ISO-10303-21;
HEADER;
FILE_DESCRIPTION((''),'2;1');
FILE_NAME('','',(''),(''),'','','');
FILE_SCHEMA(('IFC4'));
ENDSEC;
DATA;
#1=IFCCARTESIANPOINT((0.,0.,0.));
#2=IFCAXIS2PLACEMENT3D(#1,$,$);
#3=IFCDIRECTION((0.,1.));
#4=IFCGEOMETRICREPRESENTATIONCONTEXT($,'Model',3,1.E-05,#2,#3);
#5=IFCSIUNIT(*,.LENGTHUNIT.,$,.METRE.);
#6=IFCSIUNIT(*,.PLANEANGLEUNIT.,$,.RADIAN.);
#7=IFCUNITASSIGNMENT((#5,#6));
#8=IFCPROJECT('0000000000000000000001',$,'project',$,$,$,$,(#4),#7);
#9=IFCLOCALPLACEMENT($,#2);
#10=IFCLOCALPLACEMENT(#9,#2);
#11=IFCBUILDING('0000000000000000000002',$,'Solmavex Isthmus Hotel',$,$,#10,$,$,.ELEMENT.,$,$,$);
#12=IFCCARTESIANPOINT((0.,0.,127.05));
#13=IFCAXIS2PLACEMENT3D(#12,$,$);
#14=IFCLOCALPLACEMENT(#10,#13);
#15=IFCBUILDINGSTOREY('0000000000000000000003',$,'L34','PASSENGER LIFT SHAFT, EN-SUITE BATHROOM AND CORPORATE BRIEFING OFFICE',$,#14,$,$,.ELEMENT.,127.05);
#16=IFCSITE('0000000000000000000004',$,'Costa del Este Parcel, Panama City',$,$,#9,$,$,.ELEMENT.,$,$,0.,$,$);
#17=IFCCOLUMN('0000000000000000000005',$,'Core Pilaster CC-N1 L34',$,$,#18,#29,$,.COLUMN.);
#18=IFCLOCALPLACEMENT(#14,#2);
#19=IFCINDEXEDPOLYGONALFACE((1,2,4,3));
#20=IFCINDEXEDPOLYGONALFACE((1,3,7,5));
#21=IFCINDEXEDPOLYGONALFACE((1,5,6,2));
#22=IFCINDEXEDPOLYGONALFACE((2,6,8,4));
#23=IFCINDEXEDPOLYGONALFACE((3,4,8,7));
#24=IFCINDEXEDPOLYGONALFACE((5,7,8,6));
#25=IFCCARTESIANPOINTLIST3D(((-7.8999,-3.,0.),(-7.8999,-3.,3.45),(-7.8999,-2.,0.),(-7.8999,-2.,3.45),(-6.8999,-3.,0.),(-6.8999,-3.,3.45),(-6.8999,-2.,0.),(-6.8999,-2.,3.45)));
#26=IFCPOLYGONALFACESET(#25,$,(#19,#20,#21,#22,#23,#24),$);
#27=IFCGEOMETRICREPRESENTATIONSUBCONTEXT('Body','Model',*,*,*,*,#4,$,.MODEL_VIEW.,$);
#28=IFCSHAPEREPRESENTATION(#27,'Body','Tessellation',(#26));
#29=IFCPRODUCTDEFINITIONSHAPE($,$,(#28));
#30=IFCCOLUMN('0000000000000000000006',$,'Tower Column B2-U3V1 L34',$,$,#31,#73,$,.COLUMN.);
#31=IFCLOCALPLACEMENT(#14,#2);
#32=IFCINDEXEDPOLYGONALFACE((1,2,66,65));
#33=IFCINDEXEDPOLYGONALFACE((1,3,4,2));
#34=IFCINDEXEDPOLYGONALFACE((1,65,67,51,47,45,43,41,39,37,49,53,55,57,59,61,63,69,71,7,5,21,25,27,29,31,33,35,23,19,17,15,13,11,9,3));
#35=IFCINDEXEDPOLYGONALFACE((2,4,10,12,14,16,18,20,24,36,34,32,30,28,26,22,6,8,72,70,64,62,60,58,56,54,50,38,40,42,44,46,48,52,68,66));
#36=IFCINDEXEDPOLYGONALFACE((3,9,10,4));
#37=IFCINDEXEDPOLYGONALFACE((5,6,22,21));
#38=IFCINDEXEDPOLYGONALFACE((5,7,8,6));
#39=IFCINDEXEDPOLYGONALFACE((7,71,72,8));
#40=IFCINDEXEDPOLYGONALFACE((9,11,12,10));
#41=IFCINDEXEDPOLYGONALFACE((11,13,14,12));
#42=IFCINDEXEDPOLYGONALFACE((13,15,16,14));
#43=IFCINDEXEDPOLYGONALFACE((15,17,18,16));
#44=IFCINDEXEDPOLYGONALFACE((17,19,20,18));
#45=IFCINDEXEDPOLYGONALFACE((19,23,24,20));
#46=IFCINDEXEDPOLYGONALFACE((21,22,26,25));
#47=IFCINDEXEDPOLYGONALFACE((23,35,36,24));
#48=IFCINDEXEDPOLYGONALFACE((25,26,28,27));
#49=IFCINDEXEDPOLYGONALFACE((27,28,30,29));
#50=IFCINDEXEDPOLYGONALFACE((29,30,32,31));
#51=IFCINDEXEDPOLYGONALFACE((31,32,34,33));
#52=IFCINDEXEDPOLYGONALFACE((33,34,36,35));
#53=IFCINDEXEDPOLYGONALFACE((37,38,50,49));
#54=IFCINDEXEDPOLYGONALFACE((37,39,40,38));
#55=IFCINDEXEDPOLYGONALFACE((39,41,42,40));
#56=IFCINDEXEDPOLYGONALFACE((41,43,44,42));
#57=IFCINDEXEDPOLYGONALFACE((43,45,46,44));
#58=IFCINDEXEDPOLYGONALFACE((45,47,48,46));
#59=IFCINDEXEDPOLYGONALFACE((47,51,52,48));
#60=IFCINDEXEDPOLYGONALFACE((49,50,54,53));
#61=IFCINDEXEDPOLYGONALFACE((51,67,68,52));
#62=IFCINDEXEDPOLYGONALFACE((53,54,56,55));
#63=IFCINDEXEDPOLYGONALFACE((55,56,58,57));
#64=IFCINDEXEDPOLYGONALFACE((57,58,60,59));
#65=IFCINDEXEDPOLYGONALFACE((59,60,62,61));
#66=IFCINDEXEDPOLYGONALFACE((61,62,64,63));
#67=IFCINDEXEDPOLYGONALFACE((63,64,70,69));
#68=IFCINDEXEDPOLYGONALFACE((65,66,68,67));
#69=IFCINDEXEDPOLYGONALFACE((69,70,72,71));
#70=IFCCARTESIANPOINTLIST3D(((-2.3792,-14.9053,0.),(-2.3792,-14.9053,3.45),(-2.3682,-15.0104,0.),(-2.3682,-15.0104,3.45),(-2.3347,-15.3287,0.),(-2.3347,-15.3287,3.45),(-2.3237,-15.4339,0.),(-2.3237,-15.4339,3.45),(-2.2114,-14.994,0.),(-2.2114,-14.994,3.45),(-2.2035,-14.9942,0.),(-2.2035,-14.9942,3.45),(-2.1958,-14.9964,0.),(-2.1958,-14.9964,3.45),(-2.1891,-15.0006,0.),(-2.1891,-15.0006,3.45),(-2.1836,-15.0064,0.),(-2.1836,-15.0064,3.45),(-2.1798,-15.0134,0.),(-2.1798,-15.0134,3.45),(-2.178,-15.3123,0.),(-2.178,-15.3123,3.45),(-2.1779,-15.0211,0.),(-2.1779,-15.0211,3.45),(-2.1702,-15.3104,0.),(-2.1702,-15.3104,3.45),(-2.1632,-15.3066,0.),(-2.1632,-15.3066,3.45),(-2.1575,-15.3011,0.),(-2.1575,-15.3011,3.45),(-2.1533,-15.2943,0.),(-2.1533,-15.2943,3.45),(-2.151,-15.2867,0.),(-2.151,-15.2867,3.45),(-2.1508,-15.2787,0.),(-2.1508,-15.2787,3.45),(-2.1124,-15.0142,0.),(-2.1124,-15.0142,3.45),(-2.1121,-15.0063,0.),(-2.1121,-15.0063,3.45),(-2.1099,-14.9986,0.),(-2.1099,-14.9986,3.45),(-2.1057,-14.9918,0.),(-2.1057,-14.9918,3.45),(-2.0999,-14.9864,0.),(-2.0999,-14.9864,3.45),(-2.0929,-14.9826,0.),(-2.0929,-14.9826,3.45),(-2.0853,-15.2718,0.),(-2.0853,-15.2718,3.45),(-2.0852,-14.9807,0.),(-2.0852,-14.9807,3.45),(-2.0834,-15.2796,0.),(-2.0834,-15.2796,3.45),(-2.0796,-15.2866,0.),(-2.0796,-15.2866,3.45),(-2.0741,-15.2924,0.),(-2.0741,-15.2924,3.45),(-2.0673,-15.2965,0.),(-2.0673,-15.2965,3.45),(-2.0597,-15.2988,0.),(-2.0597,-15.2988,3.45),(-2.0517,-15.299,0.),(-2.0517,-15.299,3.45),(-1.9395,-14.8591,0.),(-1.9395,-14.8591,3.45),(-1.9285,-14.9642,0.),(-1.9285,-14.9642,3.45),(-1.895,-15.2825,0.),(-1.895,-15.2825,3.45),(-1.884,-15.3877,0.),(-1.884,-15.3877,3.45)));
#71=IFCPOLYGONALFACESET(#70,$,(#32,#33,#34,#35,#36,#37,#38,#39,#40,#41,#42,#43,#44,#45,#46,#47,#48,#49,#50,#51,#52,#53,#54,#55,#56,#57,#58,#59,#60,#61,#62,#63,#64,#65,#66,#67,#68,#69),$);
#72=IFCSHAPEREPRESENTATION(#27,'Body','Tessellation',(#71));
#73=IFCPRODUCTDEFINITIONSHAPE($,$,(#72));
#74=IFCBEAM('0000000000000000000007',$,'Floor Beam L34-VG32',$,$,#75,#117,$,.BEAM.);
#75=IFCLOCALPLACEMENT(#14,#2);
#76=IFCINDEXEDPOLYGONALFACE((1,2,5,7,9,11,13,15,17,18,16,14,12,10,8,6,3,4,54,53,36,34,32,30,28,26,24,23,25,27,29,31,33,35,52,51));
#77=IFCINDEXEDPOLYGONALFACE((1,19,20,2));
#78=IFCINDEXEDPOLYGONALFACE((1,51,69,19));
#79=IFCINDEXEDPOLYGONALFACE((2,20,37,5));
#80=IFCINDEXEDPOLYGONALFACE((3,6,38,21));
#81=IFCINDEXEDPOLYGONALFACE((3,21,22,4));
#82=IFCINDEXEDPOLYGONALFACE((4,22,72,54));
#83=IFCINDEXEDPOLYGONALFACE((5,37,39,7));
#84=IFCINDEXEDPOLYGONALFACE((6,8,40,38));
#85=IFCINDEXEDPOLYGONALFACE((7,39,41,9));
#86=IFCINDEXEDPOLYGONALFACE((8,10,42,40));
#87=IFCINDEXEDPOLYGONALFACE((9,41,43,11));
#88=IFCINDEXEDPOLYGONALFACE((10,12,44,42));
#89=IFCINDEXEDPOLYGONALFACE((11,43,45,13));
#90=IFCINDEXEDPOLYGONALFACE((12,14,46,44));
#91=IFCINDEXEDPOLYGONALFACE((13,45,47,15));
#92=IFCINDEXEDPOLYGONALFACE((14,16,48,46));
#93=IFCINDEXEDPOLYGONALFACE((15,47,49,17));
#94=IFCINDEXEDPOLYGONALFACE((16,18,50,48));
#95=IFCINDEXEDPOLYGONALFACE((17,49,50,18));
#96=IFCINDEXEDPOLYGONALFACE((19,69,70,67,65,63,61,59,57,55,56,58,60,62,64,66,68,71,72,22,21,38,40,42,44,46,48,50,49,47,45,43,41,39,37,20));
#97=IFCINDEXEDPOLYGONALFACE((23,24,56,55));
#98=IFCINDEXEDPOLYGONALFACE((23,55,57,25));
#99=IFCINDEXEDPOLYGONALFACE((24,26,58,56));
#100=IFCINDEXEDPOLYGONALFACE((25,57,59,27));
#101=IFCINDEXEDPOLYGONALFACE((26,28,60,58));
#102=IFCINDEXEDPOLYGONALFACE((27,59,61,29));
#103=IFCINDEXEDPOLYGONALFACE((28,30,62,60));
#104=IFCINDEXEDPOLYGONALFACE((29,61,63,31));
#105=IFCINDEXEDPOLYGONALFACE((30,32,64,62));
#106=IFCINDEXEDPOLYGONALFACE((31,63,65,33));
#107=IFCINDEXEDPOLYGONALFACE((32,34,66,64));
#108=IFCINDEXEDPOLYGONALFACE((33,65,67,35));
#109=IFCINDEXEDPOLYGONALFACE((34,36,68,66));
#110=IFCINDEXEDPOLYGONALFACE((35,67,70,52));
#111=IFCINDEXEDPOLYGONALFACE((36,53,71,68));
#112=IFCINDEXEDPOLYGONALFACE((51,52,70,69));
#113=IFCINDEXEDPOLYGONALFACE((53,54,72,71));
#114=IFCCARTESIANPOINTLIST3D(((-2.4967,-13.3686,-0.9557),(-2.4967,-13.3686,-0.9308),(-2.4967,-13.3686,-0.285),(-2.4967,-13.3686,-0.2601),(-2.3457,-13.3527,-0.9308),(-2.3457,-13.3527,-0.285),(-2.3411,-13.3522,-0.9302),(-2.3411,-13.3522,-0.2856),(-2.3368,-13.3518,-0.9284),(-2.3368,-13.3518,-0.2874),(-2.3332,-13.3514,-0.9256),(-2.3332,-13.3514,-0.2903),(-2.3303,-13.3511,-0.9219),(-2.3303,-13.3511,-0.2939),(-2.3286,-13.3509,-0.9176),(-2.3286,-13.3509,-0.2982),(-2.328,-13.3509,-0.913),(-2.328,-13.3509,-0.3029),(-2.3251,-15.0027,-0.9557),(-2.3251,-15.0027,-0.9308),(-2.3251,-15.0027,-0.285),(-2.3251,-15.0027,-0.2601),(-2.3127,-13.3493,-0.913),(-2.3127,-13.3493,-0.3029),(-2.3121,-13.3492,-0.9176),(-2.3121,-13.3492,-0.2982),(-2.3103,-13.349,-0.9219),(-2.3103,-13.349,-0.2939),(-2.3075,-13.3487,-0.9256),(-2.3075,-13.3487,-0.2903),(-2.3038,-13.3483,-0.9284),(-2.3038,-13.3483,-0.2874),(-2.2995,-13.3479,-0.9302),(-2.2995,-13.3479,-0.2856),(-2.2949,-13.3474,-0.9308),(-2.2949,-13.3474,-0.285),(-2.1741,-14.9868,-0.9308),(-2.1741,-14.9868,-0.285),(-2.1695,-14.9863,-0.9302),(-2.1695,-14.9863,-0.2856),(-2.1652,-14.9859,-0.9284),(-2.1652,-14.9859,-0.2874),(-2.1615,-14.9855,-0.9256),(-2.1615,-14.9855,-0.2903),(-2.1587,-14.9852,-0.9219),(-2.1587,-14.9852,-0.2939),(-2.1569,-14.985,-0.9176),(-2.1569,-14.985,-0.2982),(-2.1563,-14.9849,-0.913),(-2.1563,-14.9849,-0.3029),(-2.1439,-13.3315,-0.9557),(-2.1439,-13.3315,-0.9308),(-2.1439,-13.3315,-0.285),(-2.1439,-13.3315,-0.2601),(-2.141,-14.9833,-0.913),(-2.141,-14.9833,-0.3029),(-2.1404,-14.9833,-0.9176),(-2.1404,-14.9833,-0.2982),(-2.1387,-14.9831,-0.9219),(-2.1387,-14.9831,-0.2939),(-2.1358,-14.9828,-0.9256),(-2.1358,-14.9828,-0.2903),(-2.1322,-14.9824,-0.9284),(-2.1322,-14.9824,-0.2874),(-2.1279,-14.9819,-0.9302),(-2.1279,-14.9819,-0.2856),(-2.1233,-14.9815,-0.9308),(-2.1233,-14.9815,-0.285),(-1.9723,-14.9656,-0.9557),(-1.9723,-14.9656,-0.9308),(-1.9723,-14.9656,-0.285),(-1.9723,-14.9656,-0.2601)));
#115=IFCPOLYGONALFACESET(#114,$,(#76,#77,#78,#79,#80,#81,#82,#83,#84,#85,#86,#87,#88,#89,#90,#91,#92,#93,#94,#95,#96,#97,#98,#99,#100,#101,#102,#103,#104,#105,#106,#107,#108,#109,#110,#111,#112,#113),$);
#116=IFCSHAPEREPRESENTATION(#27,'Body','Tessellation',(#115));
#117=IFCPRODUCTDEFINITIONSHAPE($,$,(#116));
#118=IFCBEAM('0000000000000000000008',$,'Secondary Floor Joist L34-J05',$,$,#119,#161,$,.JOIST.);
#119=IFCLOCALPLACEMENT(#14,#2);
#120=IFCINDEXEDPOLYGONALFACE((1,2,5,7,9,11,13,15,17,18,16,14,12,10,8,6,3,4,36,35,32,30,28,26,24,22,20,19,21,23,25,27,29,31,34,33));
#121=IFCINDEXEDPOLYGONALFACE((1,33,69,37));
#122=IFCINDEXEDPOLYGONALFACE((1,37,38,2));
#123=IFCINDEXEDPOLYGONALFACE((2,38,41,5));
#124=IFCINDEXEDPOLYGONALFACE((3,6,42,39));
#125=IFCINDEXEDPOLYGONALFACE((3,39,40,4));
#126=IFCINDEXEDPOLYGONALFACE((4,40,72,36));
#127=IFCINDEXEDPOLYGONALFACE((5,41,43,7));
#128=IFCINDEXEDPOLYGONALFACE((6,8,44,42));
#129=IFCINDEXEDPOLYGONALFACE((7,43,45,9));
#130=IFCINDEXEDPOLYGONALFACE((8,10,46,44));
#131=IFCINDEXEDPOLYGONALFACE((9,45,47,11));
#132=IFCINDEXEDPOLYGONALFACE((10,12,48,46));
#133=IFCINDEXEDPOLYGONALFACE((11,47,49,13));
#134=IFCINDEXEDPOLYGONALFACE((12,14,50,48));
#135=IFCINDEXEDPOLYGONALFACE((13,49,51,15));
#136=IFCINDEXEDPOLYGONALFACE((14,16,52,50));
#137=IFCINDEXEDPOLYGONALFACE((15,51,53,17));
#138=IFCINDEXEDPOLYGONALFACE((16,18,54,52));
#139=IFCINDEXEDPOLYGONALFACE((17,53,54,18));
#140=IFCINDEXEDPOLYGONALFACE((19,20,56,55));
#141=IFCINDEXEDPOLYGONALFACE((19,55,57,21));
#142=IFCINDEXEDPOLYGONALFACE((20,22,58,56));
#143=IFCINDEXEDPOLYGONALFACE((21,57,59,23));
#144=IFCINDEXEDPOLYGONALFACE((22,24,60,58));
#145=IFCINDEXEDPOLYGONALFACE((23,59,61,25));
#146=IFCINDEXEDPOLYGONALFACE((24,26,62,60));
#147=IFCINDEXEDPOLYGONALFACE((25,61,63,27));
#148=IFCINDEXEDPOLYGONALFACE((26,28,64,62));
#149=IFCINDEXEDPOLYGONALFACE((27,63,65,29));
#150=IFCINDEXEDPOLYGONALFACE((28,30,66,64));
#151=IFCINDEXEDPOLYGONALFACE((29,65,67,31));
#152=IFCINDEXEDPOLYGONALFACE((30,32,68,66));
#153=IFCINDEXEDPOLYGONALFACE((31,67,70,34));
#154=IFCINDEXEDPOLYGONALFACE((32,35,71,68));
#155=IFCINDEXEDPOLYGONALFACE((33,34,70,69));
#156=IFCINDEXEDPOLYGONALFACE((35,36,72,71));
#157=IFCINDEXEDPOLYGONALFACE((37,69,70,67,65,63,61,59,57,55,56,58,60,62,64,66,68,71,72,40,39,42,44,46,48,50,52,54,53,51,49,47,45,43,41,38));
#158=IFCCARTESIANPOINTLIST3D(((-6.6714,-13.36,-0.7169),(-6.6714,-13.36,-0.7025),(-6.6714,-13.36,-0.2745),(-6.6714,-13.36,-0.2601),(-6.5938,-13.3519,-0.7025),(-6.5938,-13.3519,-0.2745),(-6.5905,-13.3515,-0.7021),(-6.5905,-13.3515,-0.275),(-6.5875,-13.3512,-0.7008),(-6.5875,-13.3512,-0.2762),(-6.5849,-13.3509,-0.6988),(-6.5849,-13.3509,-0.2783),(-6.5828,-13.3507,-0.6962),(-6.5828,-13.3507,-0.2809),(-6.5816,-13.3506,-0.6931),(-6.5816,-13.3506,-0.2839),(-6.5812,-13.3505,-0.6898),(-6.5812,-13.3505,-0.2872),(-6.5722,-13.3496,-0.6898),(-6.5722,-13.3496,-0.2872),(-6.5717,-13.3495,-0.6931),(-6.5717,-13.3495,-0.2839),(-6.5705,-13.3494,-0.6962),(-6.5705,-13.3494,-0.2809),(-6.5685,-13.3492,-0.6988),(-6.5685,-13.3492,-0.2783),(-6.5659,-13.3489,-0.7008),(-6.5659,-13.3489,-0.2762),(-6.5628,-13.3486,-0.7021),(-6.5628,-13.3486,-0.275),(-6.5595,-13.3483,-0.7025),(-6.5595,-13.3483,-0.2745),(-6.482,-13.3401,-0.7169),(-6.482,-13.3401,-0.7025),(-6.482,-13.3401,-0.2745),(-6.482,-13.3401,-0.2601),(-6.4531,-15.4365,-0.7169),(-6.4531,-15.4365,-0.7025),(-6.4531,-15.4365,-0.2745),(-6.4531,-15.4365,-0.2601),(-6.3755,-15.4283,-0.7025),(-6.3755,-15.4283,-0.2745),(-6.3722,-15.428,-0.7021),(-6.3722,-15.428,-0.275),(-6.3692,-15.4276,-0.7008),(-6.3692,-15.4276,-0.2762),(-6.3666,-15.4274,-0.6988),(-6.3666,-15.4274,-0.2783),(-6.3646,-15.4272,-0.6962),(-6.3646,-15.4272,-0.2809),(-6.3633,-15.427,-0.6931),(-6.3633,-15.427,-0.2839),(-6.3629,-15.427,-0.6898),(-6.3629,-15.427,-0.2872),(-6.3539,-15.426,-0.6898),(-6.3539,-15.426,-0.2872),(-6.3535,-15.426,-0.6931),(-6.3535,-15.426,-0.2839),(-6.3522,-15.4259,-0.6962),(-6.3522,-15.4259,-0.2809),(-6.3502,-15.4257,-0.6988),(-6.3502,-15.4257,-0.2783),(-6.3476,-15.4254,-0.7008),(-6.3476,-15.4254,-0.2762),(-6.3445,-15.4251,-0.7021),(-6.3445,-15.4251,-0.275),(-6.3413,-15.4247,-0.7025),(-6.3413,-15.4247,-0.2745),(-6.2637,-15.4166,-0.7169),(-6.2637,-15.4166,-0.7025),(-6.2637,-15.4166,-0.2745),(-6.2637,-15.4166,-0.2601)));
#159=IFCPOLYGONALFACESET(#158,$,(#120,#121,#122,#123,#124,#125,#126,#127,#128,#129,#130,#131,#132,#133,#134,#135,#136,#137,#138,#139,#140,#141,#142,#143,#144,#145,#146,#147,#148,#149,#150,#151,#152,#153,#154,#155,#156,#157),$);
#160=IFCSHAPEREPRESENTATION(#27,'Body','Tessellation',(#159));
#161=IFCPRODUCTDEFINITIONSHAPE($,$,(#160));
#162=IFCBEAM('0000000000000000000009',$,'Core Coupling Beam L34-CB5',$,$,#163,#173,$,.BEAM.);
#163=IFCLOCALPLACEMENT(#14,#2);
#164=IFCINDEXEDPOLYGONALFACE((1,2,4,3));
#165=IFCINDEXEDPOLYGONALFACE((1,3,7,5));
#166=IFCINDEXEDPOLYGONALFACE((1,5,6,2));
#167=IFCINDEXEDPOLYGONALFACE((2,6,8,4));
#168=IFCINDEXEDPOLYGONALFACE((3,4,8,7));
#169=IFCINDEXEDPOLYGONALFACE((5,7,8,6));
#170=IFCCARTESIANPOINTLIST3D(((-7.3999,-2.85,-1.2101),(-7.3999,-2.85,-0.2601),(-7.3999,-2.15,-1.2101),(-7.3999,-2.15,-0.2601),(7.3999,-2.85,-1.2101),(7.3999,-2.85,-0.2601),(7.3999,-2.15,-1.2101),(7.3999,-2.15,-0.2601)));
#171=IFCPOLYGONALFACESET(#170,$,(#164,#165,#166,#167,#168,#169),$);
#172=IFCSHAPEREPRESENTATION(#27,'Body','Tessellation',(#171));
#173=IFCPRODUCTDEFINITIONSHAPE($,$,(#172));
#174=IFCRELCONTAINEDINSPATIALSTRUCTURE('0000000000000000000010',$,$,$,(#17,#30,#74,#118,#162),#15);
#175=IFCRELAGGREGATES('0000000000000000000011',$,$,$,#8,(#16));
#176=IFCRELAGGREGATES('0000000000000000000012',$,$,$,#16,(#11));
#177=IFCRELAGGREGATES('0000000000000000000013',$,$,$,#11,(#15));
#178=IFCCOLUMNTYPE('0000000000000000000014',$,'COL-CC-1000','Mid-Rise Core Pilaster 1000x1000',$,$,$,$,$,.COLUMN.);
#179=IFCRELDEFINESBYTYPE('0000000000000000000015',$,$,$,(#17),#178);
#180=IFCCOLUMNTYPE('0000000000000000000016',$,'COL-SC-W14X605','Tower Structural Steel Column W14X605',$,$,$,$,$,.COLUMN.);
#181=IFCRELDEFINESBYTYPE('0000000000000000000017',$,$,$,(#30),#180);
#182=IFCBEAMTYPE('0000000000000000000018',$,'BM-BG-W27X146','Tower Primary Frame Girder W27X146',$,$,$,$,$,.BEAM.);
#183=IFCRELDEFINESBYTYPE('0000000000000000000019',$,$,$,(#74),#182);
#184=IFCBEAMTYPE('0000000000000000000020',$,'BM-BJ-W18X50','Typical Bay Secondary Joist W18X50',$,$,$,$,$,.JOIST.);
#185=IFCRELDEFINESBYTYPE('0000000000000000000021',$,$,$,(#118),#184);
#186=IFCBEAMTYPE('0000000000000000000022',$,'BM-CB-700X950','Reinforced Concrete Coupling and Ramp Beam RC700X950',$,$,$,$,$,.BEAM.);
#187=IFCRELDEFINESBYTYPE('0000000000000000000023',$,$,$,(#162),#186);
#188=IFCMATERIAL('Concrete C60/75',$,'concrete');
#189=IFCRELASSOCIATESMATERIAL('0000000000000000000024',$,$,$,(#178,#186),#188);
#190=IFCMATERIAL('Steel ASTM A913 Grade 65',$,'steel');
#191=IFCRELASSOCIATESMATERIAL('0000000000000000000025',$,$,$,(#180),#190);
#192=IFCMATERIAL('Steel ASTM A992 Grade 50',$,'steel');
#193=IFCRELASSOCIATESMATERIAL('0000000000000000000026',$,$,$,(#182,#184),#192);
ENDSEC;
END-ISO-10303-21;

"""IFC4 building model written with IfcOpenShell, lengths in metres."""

from ifc_helpers import new_model, si_unit, direction, frame, origin, origin_2d, place, context, subcontext, project, spatial, rectangle, i_section, extrude, material, material_profile, profile_set, type_object, element, save


model = new_model("IFC4")

# Units and contexts
model_context = context("Model", 3, precision=1e-05, world=origin(), true_north=direction((0.0, 1.0)))
body_context = subcontext(model_context, "Body", "Model", "MODEL_VIEW")
ifc_project = project(units=[si_unit("LENGTHUNIT", "METRE"), si_unit("PLANEANGLEUNIT", "RADIAN")], contexts=[model_context])

# Site, building, storey
site_placement = place(None, origin())
site = spatial("IfcSite", under=ifc_project, at=site_placement, Name="Costa del Este Parcel, Panama City", CompositionType="ELEMENT", RefElevation=0.0)
building_placement = place(site_placement, origin())
building = spatial("IfcBuilding", under=site, at=building_placement, Name="Solmavex Isthmus Hotel", CompositionType="ELEMENT")
storey_placement = place(building_placement, frame((0.0, 0.0, 127.05)))
storey = spatial("IfcBuildingStorey", under=building, at=storey_placement, Name="L34", Description="PASSENGER LIFT SHAFT, EN-SUITE BATHROOM AND CORPORATE BRIEFING OFFICE", CompositionType="ELEMENT", Elevation=127.05)

# Columns
ifc_material_1 = material(Name="Concrete C60/75", Category="concrete")
ifc_material_profile_1 = material_profile(ifc_material_1, rectangle(XDim=1.0, YDim=1.0, at=origin_2d()), Name="RC1000X1000")
ifc_profile_set_1 = profile_set([ifc_material_profile_1], Name="Concrete C60/75")
column_type_1 = type_object("IfcColumnType", Name="COL-CC-1000", Description="Mid-Rise Core Pilaster 1000x1000", PredefinedType="COLUMN", material=ifc_profile_set_1)
column_1_placement = place(storey_placement, frame((-7.3999, -2.5, 0.0), z_axis=(0.0, 0.0, 1.0), x_axis=(1.0, 0.0, 0.0)))
element("IfcColumn", 1, at=column_1_placement, inside=storey, type_object=column_type_1, Name="Core Pilaster CC-N1 L34", PredefinedType="COLUMN", context=body_context, shape_type="SweptSolid", body=[
    extrude(rectangle(XDim=1.0, YDim=1.0, at=origin_2d()), origin(), (0.0, 0.0, 1.0), 3.45),
])
ifc_material_2 = material(Name="Steel ASTM A913 Grade 65", Category="steel")
ifc_material_profile_2 = material_profile(ifc_material_2, i_section(OverallWidth=0.4421, OverallDepth=0.5315, WebThickness=0.0659, FlangeThickness=0.1057, FilletRadius=0.0305, at=origin_2d()), Name="W14X605")
ifc_profile_set_2 = profile_set([ifc_material_profile_2], Name="Steel ASTM A913 Grade 65")
column_type_2 = type_object("IfcColumnType", Name="COL-SC-W14X605", Description="Tower Structural Steel Column W14X605", PredefinedType="COLUMN", material=ifc_profile_set_2)
column_2_placement = place(storey_placement, frame((-2.1316, -15.1465, 0.0), z_axis=(0.0, 0.0, 1.0), x_axis=(0.994522, 0.104528, 0.0)))
element("IfcColumn", 2, at=column_2_placement, inside=storey, type_object=column_type_2, Name="Tower Column B2-U3V1 L34", PredefinedType="COLUMN", context=body_context, shape_type="SweptSolid", body=[
    extrude(i_section(OverallWidth=0.4421, OverallDepth=0.5315, WebThickness=0.0659, FlangeThickness=0.1057, FilletRadius=0.0305, at=origin_2d()), origin(), (0.0, 0.0, 1.0), 3.45),
])

# Beams
ifc_material_3 = material(Name="Steel ASTM A992 Grade 50", Category="steel")
ifc_material_profile_3 = material_profile(ifc_material_3, i_section(OverallWidth=0.3547, OverallDepth=0.6956, WebThickness=0.0154, FlangeThickness=0.0249, FilletRadius=0.0178, at=origin_2d()), Name="W27X146")
ifc_profile_set_3 = profile_set([ifc_material_profile_3], Name="Steel ASTM A992 Grade 50")
beam_type_1 = type_object("IfcBeamType", Name="BM-BG-W27X146", Description="Tower Primary Frame Girder W27X146", PredefinedType="BEAM", material=ifc_profile_set_3)
beam_1_placement = place(storey_placement, frame((-2.1487, -14.9841, -0.6079), z_axis=(-0.10446, 0.994529, 0.0), x_axis=(-0.994529, -0.10446, 0.0)))
element("IfcBeam", 3, at=beam_1_placement, inside=storey, type_object=beam_type_1, Name="Floor Beam L34-VG32", PredefinedType="BEAM", context=body_context, shape_type="SweptSolid", body=[
    extrude(i_section(OverallWidth=0.3547, OverallDepth=0.6956, WebThickness=0.0154, FlangeThickness=0.0249, FilletRadius=0.0178, at=origin_2d()), origin(), (0.0, 0.0, 1.0), 1.6431),
])
ifc_material_profile_4 = material_profile(ifc_material_3, i_section(OverallWidth=0.1904, OverallDepth=0.4568, WebThickness=0.009, FlangeThickness=0.0144, FilletRadius=0.0127, at=origin_2d()), Name="W18X50")
ifc_profile_set_4 = profile_set([ifc_material_profile_4], Name="Steel ASTM A992 Grade 50")
beam_type_2 = type_object("IfcBeamType", Name="BM-BJ-W18X50", Description="Typical Bay Secondary Joist W18X50", PredefinedType="JOIST", material=ifc_profile_set_4)
beam_2_placement = place(storey_placement, frame((-6.3584, -15.4265, -0.4885), z_axis=(-0.104539, 0.994521, 0.0), x_axis=(-0.994521, -0.104539, 0.0)))
element("IfcBeam", 4, at=beam_2_placement, inside=storey, type_object=beam_type_2, Name="Secondary Floor Joist L34-J05", PredefinedType="JOIST", context=body_context, shape_type="SweptSolid", body=[
    extrude(i_section(OverallWidth=0.1904, OverallDepth=0.4568, WebThickness=0.009, FlangeThickness=0.0144, FilletRadius=0.0127, at=origin_2d()), origin(), (0.0, 0.0, 1.0), 2.0879),
])
ifc_material_profile_5 = material_profile(ifc_material_1, rectangle(XDim=0.7, YDim=0.95, at=origin_2d()), Name="RC700X950")
ifc_profile_set_5 = profile_set([ifc_material_profile_5], Name="Concrete C60/75")
beam_type_3 = type_object("IfcBeamType", Name="BM-CB-700X950", Description="Reinforced Concrete Coupling and Ramp Beam RC700X950", PredefinedType="BEAM", material=ifc_profile_set_5)
beam_3_placement = place(storey_placement, frame((-7.3999, -2.5, -0.7351), z_axis=(1.0, 0.0, 0.0), x_axis=(0.0, 1.0, 0.0)))
element("IfcBeam", 5, at=beam_3_placement, inside=storey, type_object=beam_type_3, Name="Core Coupling Beam L34-CB5", PredefinedType="BEAM", context=body_context, shape_type="SweptSolid", body=[
    extrude(rectangle(XDim=0.7, YDim=0.95, at=origin_2d()), origin(), (0.0, 0.0, 1.0), 14.7998),
])

save(model, "model.ifc")
